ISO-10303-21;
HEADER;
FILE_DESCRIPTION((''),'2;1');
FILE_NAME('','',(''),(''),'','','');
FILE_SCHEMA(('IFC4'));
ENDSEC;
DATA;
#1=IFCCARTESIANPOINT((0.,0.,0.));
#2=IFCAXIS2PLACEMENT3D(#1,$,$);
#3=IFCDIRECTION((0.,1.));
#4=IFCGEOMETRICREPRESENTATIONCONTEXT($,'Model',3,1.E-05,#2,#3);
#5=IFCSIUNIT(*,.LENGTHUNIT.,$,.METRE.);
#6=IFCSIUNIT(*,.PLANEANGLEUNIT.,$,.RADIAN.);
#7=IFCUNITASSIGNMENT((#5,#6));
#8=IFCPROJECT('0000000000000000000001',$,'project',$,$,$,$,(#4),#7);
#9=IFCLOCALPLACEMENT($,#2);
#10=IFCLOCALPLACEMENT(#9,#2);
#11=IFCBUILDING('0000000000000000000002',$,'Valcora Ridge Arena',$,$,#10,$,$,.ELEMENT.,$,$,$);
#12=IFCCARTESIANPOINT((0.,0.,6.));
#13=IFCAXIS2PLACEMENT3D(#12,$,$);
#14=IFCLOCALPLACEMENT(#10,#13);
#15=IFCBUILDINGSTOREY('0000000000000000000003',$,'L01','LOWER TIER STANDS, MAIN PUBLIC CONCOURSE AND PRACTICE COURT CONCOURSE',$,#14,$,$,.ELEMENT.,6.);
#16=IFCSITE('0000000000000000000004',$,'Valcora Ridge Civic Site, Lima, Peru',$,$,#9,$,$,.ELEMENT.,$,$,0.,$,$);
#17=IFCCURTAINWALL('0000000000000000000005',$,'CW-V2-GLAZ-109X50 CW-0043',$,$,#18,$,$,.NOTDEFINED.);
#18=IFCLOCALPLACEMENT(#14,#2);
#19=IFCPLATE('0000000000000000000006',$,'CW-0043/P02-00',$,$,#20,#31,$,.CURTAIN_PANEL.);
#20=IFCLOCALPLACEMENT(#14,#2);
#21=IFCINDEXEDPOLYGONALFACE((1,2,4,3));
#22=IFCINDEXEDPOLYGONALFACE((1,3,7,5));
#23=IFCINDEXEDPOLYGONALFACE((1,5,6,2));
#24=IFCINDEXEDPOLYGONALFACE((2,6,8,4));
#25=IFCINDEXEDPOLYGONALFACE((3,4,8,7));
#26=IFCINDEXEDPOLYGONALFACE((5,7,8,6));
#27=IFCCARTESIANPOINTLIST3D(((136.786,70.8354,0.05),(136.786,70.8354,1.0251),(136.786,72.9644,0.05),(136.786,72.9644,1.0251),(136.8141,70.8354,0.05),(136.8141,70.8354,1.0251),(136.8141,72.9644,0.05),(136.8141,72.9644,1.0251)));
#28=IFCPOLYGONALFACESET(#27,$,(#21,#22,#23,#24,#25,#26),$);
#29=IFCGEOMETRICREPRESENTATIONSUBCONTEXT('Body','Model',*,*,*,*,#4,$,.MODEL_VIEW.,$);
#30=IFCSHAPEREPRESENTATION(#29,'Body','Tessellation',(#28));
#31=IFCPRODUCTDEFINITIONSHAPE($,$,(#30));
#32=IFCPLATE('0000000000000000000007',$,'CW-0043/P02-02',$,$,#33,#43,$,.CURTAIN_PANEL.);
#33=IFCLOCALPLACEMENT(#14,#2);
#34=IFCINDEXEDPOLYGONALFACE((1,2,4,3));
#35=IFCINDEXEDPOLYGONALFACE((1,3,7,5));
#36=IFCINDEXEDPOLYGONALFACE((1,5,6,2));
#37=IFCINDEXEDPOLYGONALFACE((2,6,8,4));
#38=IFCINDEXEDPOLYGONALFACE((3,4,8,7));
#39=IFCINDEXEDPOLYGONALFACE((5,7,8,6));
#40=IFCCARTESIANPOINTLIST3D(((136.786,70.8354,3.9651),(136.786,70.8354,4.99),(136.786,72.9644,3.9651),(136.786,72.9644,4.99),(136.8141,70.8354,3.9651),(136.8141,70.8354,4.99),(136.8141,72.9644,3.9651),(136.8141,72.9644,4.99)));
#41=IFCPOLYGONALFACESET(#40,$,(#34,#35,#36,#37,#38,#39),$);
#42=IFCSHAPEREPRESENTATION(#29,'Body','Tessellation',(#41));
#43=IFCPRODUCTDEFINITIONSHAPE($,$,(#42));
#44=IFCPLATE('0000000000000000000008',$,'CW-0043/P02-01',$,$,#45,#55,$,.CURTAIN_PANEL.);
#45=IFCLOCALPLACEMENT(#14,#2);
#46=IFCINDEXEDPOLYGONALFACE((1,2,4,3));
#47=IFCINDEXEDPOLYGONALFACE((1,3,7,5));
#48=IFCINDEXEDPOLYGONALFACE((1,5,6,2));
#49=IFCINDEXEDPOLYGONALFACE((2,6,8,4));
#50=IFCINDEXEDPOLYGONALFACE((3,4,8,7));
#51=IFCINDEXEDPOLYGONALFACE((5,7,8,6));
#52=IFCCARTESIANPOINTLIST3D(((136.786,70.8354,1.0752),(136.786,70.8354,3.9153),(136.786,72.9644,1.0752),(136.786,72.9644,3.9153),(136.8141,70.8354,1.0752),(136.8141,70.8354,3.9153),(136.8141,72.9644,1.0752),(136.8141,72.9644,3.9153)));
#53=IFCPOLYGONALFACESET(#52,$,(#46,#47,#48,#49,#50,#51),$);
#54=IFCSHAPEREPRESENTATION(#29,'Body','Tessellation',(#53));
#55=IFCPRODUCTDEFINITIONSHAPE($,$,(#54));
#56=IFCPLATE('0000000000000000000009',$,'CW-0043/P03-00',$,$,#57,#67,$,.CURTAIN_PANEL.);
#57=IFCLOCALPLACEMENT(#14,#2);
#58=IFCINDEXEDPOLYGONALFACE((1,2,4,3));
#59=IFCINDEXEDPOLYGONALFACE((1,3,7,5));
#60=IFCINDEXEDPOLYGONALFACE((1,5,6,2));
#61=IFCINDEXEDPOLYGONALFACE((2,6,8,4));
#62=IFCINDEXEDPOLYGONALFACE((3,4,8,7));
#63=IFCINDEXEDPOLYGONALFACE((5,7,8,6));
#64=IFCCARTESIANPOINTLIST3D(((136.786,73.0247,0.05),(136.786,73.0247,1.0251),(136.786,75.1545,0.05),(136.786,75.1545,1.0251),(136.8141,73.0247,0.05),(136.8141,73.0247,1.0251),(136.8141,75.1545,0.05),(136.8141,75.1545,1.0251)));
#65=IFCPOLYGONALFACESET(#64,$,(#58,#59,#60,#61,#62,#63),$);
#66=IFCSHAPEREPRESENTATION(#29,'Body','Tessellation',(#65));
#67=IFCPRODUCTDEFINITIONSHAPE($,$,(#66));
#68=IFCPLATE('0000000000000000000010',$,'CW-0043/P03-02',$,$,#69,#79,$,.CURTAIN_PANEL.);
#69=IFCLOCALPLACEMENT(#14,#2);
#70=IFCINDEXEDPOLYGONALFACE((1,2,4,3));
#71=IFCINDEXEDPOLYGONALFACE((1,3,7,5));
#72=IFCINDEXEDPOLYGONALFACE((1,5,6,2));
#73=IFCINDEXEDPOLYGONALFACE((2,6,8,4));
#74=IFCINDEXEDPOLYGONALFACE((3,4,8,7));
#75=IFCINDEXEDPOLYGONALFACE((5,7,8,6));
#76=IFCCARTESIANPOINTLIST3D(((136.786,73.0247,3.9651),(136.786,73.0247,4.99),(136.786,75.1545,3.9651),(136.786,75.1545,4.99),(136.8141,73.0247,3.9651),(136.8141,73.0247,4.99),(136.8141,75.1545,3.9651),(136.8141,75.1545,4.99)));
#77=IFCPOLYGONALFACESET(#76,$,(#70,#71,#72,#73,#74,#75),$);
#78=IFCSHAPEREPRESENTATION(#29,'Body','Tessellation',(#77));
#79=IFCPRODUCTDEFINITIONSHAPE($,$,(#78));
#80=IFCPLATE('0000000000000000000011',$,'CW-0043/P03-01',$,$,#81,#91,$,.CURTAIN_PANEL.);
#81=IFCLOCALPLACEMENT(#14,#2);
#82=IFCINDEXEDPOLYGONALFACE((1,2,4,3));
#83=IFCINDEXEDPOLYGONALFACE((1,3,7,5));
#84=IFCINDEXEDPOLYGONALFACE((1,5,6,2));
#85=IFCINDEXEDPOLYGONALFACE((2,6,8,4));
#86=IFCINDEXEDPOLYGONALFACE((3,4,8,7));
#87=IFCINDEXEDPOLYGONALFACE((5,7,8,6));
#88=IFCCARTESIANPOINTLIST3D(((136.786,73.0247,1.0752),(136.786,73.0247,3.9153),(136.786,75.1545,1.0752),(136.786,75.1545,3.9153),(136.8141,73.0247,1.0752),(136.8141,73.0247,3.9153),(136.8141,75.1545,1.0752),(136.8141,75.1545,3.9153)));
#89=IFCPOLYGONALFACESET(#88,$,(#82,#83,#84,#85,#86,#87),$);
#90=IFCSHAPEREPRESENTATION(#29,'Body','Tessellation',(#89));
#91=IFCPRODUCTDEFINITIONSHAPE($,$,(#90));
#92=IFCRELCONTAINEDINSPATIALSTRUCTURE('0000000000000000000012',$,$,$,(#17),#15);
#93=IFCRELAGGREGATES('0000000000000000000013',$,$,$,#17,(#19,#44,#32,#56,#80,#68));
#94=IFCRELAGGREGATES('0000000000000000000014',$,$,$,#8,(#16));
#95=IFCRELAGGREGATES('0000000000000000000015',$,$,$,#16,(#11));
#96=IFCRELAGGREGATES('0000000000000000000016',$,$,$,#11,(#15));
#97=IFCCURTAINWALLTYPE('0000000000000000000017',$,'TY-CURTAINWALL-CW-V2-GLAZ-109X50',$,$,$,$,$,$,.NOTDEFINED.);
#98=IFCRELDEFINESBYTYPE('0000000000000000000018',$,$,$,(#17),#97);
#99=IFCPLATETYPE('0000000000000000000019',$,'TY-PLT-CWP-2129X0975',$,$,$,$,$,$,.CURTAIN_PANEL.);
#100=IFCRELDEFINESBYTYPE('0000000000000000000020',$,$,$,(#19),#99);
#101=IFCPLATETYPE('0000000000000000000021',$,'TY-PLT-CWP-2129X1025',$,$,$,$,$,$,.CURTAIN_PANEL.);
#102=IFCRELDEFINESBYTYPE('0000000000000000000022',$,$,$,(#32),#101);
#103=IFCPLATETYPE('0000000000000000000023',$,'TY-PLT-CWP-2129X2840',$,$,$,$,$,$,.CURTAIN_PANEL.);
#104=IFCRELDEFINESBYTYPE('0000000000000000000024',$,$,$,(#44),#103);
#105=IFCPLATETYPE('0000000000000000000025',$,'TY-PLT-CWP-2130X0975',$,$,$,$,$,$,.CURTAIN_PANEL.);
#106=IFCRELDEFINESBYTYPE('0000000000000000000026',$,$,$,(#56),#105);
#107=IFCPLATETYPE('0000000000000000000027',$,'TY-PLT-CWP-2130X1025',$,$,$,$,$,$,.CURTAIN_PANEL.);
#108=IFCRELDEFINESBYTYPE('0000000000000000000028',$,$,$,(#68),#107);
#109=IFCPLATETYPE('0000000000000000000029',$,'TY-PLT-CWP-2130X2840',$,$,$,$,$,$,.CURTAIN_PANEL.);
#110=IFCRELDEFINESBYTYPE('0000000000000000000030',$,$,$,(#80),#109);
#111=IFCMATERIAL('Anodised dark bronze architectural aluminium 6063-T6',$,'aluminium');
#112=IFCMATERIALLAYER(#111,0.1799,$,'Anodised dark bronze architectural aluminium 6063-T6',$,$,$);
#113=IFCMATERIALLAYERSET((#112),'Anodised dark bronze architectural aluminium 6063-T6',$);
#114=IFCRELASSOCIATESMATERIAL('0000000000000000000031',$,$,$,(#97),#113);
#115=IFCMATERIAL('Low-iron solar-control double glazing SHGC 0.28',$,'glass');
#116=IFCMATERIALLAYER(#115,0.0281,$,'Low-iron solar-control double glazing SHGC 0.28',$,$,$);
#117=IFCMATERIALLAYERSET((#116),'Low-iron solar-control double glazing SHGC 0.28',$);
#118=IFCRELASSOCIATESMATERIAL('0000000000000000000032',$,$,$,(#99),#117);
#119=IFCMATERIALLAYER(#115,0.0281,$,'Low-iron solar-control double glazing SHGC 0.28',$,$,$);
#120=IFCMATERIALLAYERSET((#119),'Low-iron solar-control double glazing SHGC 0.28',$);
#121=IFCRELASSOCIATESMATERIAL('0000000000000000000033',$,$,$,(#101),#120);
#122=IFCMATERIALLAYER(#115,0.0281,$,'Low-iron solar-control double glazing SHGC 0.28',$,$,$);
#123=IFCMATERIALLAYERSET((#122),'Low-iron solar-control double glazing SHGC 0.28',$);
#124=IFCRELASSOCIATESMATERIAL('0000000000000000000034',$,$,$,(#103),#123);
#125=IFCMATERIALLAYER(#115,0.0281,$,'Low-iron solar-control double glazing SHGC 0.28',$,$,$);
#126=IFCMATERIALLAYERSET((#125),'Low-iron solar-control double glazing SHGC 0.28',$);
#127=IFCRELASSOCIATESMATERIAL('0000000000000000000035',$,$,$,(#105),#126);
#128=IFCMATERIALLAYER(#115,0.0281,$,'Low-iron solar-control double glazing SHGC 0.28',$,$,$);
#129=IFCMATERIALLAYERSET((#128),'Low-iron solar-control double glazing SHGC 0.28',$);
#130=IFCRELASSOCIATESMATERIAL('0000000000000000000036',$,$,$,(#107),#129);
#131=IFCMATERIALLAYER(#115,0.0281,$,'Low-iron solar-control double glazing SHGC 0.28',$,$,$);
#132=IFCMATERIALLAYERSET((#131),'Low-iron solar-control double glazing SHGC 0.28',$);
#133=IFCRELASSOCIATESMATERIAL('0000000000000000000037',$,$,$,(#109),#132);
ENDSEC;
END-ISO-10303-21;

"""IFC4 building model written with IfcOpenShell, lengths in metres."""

from ifc_helpers import new_model, si_unit, direction, frame, origin, origin_2d, place, context, subcontext, project, spatial, rectangle, extrude, material, layer, layer_set, type_object, element, aggregate, save


model = new_model("IFC4")

# Units and contexts
model_context = context("Model", 3, precision=1e-05, world=origin(), true_north=direction((0.0, 1.0)))
body_context = subcontext(model_context, "Body", "Model", "MODEL_VIEW")
ifc_project = project(units=[si_unit("LENGTHUNIT", "METRE"), si_unit("PLANEANGLEUNIT", "RADIAN")], contexts=[model_context])

# Site, building, storey
site_placement = place(None, origin())
site = spatial("IfcSite", under=ifc_project, at=site_placement, Name="Valcora Ridge Civic Site, Lima, Peru", CompositionType="ELEMENT", RefElevation=0.0)
building_placement = place(site_placement, origin())
building = spatial("IfcBuilding", under=site, at=building_placement, Name="Valcora Ridge Arena", CompositionType="ELEMENT")
storey_placement = place(building_placement, frame((0.0, 0.0, 6.0)))
storey = spatial("IfcBuildingStorey", under=building, at=storey_placement, Name="L01", Description="LOWER TIER STANDS, MAIN PUBLIC CONCOURSE AND PRACTICE COURT CONCOURSE", CompositionType="ELEMENT", Elevation=6.0)

# Curtain wall, plates
ifc_material_1 = material(Name="Anodised dark bronze architectural aluminium 6063-T6", Category="aluminium")
ifc_layer_1 = layer(ifc_material_1, 0.1799, Name="Anodised dark bronze architectural aluminium 6063-T6")
ifc_layer_set_1 = layer_set([ifc_layer_1], Name="Anodised dark bronze architectural aluminium 6063-T6")
curtain_wall_type = type_object("IfcCurtainWallType", Name="TY-CURTAINWALL-CW-V2-GLAZ-109X50", PredefinedType="NOTDEFINED", material=ifc_layer_set_1)
curtain_wall_placement = place(storey_placement, origin())
curtain_wall = element("IfcCurtainWall", 1, at=curtain_wall_placement, inside=storey, type_object=curtain_wall_type, Name="CW-V2-GLAZ-109X50 CW-0043", PredefinedType="NOTDEFINED")
ifc_material_2 = material(Name="Low-iron solar-control double glazing SHGC 0.28", Category="glass")
ifc_layer_2 = layer(ifc_material_2, 0.0281, Name="Low-iron solar-control double glazing SHGC 0.28")
ifc_layer_set_2 = layer_set([ifc_layer_2], Name="Low-iron solar-control double glazing SHGC 0.28")
plate_type_1 = type_object("IfcPlateType", Name="TY-PLT-CWP-2129X0975", PredefinedType="CURTAIN_PANEL", material=ifc_layer_set_2)
plate_1_placement = place(storey_placement, frame((136.8, 71.8999, 0.05), z_axis=(0.0, 0.0, 1.0), x_axis=(0.0, 1.0, 0.0)))
plate_1 = element("IfcPlate", 2, at=plate_1_placement, type_object=plate_type_1, Name="CW-0043/P02-00", PredefinedType="CURTAIN_PANEL", context=body_context, shape_type="SweptSolid", body=[
    extrude(rectangle(XDim=2.1289, YDim=0.0281, at=origin_2d()), origin(), (0.0, 0.0, 1.0), 0.9751),
])
ifc_layer_3 = layer(ifc_material_2, 0.0281, Name="Low-iron solar-control double glazing SHGC 0.28")
ifc_layer_set_3 = layer_set([ifc_layer_3], Name="Low-iron solar-control double glazing SHGC 0.28")
plate_type_2 = type_object("IfcPlateType", Name="TY-PLT-CWP-2129X1025", PredefinedType="CURTAIN_PANEL", material=ifc_layer_set_3)
plate_2_placement = place(storey_placement, frame((136.8, 71.8999, 3.9651), z_axis=(0.0, 0.0, 1.0), x_axis=(0.0, 1.0, 0.0)))
plate_2 = element("IfcPlate", 3, at=plate_2_placement, type_object=plate_type_2, Name="CW-0043/P02-02", PredefinedType="CURTAIN_PANEL", context=body_context, shape_type="SweptSolid", body=[
    extrude(rectangle(XDim=2.1289, YDim=0.0281, at=origin_2d()), origin(), (0.0, 0.0, 1.0), 1.0249),
])
ifc_layer_4 = layer(ifc_material_2, 0.0281, Name="Low-iron solar-control double glazing SHGC 0.28")
ifc_layer_set_4 = layer_set([ifc_layer_4], Name="Low-iron solar-control double glazing SHGC 0.28")
plate_type_3 = type_object("IfcPlateType", Name="TY-PLT-CWP-2129X2840", PredefinedType="CURTAIN_PANEL", material=ifc_layer_set_4)
plate_3_placement = place(storey_placement, frame((136.8, 71.8999, 1.0752), z_axis=(0.0, 0.0, 1.0), x_axis=(0.0, 1.0, 0.0)))
plate_3 = element("IfcPlate", 4, at=plate_3_placement, type_object=plate_type_3, Name="CW-0043/P02-01", PredefinedType="CURTAIN_PANEL", context=body_context, shape_type="SweptSolid", body=[
    extrude(rectangle(XDim=2.1289, YDim=0.0281, at=origin_2d()), origin(), (0.0, 0.0, 1.0), 2.8401),
])
ifc_layer_5 = layer(ifc_material_2, 0.0281, Name="Low-iron solar-control double glazing SHGC 0.28")
ifc_layer_set_5 = layer_set([ifc_layer_5], Name="Low-iron solar-control double glazing SHGC 0.28")
plate_type_4 = type_object("IfcPlateType", Name="TY-PLT-CWP-2130X0975", PredefinedType="CURTAIN_PANEL", material=ifc_layer_set_5)
plate_4_placement = place(storey_placement, frame((136.8, 74.0896, 0.05), z_axis=(0.0, 0.0, 1.0), x_axis=(0.0, 1.0, 0.0)))
plate_4 = element("IfcPlate", 5, at=plate_4_placement, type_object=plate_type_4, Name="CW-0043/P03-00", PredefinedType="CURTAIN_PANEL", context=body_context, shape_type="SweptSolid", body=[
    extrude(rectangle(XDim=2.1299, YDim=0.0281, at=origin_2d()), origin(), (0.0, 0.0, 1.0), 0.9751),
])
ifc_layer_6 = layer(ifc_material_2, 0.0281, Name="Low-iron solar-control double glazing SHGC 0.28")
ifc_layer_set_6 = layer_set([ifc_layer_6], Name="Low-iron solar-control double glazing SHGC 0.28")
plate_type_5 = type_object("IfcPlateType", Name="TY-PLT-CWP-2130X1025", PredefinedType="CURTAIN_PANEL", material=ifc_layer_set_6)
plate_5_placement = place(storey_placement, frame((136.8, 74.0896, 3.9651), z_axis=(0.0, 0.0, 1.0), x_axis=(0.0, 1.0, 0.0)))
plate_5 = element("IfcPlate", 6, at=plate_5_placement, type_object=plate_type_5, Name="CW-0043/P03-02", PredefinedType="CURTAIN_PANEL", context=body_context, shape_type="SweptSolid", body=[
    extrude(rectangle(XDim=2.1299, YDim=0.0281, at=origin_2d()), origin(), (0.0, 0.0, 1.0), 1.0249),
])
ifc_layer_7 = layer(ifc_material_2, 0.0281, Name="Low-iron solar-control double glazing SHGC 0.28")
ifc_layer_set_7 = layer_set([ifc_layer_7], Name="Low-iron solar-control double glazing SHGC 0.28")
plate_type_6 = type_object("IfcPlateType", Name="TY-PLT-CWP-2130X2840", PredefinedType="CURTAIN_PANEL", material=ifc_layer_set_7)
plate_6_placement = place(storey_placement, frame((136.8, 74.0896, 1.0752), z_axis=(0.0, 0.0, 1.0), x_axis=(0.0, 1.0, 0.0)))
plate_6 = element("IfcPlate", 7, at=plate_6_placement, type_object=plate_type_6, Name="CW-0043/P03-01", PredefinedType="CURTAIN_PANEL", context=body_context, shape_type="SweptSolid", body=[
    extrude(rectangle(XDim=2.1299, YDim=0.0281, at=origin_2d()), origin(), (0.0, 0.0, 1.0), 2.8401),
])
aggregate(curtain_wall, [plate_1, plate_3, plate_2, plate_4, plate_6, plate_5])

save(model, "model.ifc")
